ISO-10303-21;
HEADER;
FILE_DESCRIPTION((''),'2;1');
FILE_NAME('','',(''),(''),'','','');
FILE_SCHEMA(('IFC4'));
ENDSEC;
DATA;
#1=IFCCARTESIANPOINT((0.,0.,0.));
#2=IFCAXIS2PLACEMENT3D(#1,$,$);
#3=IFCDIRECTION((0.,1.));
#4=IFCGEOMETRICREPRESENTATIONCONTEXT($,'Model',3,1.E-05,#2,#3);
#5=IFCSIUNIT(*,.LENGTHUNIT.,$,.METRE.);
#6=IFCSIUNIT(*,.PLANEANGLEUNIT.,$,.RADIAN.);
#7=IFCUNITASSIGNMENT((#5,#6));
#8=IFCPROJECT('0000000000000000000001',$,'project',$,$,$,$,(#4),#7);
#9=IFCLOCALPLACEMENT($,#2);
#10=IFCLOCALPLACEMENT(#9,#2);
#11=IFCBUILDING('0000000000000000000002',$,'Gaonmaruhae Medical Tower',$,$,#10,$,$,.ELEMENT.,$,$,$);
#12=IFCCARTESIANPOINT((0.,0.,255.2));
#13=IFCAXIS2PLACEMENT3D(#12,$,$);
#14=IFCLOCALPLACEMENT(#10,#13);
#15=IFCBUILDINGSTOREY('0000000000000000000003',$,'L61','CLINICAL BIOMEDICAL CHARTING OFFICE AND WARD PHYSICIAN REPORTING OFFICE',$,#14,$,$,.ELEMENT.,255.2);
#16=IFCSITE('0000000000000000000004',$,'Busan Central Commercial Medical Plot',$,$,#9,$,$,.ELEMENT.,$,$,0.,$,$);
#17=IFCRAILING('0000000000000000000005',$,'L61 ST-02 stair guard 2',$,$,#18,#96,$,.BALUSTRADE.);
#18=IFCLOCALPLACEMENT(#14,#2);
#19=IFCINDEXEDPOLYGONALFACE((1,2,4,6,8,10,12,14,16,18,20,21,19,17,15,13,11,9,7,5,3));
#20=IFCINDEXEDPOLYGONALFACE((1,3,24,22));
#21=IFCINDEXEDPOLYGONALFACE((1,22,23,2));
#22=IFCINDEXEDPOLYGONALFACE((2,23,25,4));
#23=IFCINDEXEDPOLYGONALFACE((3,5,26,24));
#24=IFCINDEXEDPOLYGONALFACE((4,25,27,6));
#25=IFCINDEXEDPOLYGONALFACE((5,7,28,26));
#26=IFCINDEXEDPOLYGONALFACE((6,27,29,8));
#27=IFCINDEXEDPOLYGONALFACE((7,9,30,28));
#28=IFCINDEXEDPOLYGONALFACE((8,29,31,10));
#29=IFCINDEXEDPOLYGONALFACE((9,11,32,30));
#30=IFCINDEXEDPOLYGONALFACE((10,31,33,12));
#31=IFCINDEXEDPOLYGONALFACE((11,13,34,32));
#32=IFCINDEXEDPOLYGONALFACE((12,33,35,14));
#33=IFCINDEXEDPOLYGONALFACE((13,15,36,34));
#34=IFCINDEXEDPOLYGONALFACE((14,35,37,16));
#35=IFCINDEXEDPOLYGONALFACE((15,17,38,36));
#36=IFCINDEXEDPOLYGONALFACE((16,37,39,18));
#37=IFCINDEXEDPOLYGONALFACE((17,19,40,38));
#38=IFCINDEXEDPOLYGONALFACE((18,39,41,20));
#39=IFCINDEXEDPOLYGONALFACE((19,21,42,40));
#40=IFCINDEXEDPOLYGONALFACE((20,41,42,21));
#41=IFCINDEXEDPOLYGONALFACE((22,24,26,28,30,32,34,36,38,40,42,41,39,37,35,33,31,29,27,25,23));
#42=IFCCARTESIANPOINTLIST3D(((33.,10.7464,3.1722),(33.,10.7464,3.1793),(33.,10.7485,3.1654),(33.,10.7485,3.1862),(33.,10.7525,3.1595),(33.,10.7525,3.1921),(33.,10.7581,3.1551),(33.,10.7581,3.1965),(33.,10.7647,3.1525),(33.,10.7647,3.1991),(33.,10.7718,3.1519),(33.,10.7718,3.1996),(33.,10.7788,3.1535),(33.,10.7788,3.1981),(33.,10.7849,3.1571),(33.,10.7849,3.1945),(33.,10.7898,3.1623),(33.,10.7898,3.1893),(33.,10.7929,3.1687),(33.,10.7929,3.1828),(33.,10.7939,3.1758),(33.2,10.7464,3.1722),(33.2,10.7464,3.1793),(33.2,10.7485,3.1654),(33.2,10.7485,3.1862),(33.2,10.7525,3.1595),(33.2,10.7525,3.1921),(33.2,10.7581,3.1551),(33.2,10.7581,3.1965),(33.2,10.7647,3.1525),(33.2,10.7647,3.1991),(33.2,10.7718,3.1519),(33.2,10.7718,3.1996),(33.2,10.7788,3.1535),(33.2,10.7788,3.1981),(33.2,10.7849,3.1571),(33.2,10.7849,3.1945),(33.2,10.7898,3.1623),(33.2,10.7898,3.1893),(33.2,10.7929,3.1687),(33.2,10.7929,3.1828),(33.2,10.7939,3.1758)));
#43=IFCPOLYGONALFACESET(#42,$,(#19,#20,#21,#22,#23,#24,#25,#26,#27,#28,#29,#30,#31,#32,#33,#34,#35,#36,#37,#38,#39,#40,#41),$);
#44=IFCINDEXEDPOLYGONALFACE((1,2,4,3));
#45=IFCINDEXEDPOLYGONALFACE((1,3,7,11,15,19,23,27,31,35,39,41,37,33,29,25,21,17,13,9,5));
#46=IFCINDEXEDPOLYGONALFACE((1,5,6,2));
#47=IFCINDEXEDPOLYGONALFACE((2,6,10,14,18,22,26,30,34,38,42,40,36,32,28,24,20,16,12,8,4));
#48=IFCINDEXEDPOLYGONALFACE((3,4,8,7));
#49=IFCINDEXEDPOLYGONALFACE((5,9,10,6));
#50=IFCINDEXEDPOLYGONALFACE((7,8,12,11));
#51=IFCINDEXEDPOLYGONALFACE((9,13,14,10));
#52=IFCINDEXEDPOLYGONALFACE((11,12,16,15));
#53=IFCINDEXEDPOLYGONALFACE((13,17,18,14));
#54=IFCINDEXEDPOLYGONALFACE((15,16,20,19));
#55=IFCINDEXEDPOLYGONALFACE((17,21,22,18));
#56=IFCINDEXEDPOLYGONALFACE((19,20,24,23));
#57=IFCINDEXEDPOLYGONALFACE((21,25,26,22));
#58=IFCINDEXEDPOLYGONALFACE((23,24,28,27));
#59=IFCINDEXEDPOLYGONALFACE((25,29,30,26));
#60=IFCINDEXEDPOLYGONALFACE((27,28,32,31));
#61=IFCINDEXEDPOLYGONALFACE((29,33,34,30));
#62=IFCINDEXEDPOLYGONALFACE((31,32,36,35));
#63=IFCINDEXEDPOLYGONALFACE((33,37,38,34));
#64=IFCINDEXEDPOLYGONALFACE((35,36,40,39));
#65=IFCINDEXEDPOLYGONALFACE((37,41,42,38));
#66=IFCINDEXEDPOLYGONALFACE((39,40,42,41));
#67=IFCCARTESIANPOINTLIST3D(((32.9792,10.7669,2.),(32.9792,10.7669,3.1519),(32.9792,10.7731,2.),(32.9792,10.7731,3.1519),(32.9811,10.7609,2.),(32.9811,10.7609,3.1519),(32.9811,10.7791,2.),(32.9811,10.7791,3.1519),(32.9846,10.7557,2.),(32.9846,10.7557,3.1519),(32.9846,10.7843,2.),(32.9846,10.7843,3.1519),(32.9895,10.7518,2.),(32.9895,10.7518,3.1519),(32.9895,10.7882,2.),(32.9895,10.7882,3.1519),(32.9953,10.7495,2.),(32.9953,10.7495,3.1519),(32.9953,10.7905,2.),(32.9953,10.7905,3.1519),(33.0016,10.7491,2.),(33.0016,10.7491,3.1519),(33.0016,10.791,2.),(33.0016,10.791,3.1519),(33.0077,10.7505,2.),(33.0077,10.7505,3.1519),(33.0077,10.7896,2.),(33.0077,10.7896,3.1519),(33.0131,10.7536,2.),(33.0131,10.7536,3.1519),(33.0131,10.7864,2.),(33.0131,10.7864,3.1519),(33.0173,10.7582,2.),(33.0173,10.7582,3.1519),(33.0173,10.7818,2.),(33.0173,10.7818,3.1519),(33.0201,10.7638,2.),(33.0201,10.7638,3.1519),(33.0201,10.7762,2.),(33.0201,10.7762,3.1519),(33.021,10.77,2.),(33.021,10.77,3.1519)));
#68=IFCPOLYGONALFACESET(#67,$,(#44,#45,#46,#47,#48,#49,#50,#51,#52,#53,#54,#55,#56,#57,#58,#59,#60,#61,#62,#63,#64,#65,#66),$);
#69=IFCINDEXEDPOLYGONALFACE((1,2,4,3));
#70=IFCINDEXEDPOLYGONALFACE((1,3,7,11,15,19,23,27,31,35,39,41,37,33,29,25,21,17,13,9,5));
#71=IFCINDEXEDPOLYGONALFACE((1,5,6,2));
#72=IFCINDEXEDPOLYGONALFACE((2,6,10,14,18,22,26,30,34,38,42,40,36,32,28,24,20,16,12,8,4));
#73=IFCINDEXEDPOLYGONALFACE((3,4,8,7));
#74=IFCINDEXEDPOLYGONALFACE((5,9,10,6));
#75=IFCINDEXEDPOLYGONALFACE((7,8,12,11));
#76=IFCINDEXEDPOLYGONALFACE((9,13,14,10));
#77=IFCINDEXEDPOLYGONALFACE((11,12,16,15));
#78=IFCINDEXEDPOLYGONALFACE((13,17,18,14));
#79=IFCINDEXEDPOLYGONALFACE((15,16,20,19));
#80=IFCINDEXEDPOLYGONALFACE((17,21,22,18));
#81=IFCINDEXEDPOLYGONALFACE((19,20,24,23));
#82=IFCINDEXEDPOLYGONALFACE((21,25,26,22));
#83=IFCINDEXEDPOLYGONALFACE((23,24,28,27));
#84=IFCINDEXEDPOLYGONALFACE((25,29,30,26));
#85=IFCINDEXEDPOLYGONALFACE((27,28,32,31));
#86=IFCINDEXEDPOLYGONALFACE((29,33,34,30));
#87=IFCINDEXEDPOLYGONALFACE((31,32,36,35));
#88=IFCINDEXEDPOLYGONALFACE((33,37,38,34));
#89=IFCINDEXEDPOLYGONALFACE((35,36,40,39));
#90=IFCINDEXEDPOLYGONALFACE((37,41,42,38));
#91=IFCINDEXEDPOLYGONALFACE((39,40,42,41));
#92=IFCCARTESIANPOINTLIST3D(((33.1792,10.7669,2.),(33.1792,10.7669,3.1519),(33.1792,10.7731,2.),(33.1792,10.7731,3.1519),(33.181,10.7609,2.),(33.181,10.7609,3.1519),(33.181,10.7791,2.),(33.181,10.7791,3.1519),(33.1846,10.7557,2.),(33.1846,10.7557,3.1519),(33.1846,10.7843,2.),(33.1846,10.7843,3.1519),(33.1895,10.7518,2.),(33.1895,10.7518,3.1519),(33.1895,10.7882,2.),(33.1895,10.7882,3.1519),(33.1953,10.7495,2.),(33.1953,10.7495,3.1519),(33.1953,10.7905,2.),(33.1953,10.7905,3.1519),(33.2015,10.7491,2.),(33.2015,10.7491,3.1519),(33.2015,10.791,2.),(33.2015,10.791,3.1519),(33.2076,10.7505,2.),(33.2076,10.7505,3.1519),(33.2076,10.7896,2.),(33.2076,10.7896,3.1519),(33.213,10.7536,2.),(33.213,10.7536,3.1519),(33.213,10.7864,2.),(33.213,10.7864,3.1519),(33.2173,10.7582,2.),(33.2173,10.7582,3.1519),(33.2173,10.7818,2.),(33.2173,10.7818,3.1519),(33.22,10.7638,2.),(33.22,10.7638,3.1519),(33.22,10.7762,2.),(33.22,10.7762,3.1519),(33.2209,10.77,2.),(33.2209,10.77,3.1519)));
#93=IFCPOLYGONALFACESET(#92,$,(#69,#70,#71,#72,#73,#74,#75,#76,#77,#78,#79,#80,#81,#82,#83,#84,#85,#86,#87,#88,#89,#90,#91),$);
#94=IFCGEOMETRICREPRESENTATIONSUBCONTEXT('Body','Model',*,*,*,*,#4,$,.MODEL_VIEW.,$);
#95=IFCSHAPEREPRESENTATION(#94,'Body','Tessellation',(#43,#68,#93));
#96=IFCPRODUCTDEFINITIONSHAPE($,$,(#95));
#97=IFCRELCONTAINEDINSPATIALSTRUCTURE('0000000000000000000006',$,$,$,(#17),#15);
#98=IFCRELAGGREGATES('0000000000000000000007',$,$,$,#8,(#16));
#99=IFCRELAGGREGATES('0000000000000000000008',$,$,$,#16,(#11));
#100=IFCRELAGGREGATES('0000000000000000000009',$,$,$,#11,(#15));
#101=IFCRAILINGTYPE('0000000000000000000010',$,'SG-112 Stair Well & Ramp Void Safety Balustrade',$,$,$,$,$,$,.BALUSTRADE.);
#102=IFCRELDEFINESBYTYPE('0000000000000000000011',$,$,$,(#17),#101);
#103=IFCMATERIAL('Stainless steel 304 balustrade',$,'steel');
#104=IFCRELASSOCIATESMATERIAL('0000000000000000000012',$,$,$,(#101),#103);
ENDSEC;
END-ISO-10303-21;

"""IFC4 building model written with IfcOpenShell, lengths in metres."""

from ifc_helpers import new_model, si_unit, direction, frame, origin, origin_2d, place, context, subcontext, project, spatial, circle, extrude, material, type_object, element, save


model = new_model("IFC4")

# Units and contexts
model_context = context("Model", 3, precision=1e-05, world=origin(), true_north=direction((0.0, 1.0)))
body_context = subcontext(model_context, "Body", "Model", "MODEL_VIEW")
ifc_project = project(units=[si_unit("LENGTHUNIT", "METRE"), si_unit("PLANEANGLEUNIT", "RADIAN")], contexts=[model_context])

# Site, building, storey
site_placement = place(None, origin())
site = spatial("IfcSite", under=ifc_project, at=site_placement, Name="Busan Central Commercial Medical Plot", CompositionType="ELEMENT", RefElevation=0.0)
building_placement = place(site_placement, origin())
building = spatial("IfcBuilding", under=site, at=building_placement, Name="Gaonmaruhae Medical Tower", CompositionType="ELEMENT")
storey_placement = place(building_placement, frame((0.0, 0.0, 255.2)))
storey = spatial("IfcBuildingStorey", under=building, at=storey_placement, Name="L61", Description="CLINICAL BIOMEDICAL CHARTING OFFICE AND WARD PHYSICIAN REPORTING OFFICE", CompositionType="ELEMENT", Elevation=255.2)

# Railing
ifc_material_1 = material(Name="Stainless steel 304 balustrade", Category="steel")
railing_type_1 = type_object("IfcRailingType", Name="SG-112 Stair Well & Ramp Void Safety Balustrade", PredefinedType="BALUSTRADE", material=ifc_material_1)
railing_1_placement = place(storey_placement, frame((33.0, 10.77, 2.0)))
element("IfcRailing", 1, at=railing_1_placement, inside=storey, type_object=railing_type_1, Name="L61 ST-02 stair guard 2", PredefinedType="BALUSTRADE", context=body_context, shape_type="SweptSolid", body=[
    extrude(circle(Radius=0.0239, at=origin_2d()), frame((0.0, 0.0, 1.1758), z_axis=(1.0, 0.0, 0.0), x_axis=(0.0, 1.0, 0.0)), (0.0, 0.0, 1.0), 0.2),
    extrude(circle(Radius=0.021, at=origin_2d()), origin(), (0.0, 0.0, 1.0), 1.1519),
    extrude(circle(Radius=0.021, at=origin_2d()), frame((0.2, 0.0, 0.0)), (0.0, 0.0, 1.0), 1.1519),
])

save(model, "model.ifc")
